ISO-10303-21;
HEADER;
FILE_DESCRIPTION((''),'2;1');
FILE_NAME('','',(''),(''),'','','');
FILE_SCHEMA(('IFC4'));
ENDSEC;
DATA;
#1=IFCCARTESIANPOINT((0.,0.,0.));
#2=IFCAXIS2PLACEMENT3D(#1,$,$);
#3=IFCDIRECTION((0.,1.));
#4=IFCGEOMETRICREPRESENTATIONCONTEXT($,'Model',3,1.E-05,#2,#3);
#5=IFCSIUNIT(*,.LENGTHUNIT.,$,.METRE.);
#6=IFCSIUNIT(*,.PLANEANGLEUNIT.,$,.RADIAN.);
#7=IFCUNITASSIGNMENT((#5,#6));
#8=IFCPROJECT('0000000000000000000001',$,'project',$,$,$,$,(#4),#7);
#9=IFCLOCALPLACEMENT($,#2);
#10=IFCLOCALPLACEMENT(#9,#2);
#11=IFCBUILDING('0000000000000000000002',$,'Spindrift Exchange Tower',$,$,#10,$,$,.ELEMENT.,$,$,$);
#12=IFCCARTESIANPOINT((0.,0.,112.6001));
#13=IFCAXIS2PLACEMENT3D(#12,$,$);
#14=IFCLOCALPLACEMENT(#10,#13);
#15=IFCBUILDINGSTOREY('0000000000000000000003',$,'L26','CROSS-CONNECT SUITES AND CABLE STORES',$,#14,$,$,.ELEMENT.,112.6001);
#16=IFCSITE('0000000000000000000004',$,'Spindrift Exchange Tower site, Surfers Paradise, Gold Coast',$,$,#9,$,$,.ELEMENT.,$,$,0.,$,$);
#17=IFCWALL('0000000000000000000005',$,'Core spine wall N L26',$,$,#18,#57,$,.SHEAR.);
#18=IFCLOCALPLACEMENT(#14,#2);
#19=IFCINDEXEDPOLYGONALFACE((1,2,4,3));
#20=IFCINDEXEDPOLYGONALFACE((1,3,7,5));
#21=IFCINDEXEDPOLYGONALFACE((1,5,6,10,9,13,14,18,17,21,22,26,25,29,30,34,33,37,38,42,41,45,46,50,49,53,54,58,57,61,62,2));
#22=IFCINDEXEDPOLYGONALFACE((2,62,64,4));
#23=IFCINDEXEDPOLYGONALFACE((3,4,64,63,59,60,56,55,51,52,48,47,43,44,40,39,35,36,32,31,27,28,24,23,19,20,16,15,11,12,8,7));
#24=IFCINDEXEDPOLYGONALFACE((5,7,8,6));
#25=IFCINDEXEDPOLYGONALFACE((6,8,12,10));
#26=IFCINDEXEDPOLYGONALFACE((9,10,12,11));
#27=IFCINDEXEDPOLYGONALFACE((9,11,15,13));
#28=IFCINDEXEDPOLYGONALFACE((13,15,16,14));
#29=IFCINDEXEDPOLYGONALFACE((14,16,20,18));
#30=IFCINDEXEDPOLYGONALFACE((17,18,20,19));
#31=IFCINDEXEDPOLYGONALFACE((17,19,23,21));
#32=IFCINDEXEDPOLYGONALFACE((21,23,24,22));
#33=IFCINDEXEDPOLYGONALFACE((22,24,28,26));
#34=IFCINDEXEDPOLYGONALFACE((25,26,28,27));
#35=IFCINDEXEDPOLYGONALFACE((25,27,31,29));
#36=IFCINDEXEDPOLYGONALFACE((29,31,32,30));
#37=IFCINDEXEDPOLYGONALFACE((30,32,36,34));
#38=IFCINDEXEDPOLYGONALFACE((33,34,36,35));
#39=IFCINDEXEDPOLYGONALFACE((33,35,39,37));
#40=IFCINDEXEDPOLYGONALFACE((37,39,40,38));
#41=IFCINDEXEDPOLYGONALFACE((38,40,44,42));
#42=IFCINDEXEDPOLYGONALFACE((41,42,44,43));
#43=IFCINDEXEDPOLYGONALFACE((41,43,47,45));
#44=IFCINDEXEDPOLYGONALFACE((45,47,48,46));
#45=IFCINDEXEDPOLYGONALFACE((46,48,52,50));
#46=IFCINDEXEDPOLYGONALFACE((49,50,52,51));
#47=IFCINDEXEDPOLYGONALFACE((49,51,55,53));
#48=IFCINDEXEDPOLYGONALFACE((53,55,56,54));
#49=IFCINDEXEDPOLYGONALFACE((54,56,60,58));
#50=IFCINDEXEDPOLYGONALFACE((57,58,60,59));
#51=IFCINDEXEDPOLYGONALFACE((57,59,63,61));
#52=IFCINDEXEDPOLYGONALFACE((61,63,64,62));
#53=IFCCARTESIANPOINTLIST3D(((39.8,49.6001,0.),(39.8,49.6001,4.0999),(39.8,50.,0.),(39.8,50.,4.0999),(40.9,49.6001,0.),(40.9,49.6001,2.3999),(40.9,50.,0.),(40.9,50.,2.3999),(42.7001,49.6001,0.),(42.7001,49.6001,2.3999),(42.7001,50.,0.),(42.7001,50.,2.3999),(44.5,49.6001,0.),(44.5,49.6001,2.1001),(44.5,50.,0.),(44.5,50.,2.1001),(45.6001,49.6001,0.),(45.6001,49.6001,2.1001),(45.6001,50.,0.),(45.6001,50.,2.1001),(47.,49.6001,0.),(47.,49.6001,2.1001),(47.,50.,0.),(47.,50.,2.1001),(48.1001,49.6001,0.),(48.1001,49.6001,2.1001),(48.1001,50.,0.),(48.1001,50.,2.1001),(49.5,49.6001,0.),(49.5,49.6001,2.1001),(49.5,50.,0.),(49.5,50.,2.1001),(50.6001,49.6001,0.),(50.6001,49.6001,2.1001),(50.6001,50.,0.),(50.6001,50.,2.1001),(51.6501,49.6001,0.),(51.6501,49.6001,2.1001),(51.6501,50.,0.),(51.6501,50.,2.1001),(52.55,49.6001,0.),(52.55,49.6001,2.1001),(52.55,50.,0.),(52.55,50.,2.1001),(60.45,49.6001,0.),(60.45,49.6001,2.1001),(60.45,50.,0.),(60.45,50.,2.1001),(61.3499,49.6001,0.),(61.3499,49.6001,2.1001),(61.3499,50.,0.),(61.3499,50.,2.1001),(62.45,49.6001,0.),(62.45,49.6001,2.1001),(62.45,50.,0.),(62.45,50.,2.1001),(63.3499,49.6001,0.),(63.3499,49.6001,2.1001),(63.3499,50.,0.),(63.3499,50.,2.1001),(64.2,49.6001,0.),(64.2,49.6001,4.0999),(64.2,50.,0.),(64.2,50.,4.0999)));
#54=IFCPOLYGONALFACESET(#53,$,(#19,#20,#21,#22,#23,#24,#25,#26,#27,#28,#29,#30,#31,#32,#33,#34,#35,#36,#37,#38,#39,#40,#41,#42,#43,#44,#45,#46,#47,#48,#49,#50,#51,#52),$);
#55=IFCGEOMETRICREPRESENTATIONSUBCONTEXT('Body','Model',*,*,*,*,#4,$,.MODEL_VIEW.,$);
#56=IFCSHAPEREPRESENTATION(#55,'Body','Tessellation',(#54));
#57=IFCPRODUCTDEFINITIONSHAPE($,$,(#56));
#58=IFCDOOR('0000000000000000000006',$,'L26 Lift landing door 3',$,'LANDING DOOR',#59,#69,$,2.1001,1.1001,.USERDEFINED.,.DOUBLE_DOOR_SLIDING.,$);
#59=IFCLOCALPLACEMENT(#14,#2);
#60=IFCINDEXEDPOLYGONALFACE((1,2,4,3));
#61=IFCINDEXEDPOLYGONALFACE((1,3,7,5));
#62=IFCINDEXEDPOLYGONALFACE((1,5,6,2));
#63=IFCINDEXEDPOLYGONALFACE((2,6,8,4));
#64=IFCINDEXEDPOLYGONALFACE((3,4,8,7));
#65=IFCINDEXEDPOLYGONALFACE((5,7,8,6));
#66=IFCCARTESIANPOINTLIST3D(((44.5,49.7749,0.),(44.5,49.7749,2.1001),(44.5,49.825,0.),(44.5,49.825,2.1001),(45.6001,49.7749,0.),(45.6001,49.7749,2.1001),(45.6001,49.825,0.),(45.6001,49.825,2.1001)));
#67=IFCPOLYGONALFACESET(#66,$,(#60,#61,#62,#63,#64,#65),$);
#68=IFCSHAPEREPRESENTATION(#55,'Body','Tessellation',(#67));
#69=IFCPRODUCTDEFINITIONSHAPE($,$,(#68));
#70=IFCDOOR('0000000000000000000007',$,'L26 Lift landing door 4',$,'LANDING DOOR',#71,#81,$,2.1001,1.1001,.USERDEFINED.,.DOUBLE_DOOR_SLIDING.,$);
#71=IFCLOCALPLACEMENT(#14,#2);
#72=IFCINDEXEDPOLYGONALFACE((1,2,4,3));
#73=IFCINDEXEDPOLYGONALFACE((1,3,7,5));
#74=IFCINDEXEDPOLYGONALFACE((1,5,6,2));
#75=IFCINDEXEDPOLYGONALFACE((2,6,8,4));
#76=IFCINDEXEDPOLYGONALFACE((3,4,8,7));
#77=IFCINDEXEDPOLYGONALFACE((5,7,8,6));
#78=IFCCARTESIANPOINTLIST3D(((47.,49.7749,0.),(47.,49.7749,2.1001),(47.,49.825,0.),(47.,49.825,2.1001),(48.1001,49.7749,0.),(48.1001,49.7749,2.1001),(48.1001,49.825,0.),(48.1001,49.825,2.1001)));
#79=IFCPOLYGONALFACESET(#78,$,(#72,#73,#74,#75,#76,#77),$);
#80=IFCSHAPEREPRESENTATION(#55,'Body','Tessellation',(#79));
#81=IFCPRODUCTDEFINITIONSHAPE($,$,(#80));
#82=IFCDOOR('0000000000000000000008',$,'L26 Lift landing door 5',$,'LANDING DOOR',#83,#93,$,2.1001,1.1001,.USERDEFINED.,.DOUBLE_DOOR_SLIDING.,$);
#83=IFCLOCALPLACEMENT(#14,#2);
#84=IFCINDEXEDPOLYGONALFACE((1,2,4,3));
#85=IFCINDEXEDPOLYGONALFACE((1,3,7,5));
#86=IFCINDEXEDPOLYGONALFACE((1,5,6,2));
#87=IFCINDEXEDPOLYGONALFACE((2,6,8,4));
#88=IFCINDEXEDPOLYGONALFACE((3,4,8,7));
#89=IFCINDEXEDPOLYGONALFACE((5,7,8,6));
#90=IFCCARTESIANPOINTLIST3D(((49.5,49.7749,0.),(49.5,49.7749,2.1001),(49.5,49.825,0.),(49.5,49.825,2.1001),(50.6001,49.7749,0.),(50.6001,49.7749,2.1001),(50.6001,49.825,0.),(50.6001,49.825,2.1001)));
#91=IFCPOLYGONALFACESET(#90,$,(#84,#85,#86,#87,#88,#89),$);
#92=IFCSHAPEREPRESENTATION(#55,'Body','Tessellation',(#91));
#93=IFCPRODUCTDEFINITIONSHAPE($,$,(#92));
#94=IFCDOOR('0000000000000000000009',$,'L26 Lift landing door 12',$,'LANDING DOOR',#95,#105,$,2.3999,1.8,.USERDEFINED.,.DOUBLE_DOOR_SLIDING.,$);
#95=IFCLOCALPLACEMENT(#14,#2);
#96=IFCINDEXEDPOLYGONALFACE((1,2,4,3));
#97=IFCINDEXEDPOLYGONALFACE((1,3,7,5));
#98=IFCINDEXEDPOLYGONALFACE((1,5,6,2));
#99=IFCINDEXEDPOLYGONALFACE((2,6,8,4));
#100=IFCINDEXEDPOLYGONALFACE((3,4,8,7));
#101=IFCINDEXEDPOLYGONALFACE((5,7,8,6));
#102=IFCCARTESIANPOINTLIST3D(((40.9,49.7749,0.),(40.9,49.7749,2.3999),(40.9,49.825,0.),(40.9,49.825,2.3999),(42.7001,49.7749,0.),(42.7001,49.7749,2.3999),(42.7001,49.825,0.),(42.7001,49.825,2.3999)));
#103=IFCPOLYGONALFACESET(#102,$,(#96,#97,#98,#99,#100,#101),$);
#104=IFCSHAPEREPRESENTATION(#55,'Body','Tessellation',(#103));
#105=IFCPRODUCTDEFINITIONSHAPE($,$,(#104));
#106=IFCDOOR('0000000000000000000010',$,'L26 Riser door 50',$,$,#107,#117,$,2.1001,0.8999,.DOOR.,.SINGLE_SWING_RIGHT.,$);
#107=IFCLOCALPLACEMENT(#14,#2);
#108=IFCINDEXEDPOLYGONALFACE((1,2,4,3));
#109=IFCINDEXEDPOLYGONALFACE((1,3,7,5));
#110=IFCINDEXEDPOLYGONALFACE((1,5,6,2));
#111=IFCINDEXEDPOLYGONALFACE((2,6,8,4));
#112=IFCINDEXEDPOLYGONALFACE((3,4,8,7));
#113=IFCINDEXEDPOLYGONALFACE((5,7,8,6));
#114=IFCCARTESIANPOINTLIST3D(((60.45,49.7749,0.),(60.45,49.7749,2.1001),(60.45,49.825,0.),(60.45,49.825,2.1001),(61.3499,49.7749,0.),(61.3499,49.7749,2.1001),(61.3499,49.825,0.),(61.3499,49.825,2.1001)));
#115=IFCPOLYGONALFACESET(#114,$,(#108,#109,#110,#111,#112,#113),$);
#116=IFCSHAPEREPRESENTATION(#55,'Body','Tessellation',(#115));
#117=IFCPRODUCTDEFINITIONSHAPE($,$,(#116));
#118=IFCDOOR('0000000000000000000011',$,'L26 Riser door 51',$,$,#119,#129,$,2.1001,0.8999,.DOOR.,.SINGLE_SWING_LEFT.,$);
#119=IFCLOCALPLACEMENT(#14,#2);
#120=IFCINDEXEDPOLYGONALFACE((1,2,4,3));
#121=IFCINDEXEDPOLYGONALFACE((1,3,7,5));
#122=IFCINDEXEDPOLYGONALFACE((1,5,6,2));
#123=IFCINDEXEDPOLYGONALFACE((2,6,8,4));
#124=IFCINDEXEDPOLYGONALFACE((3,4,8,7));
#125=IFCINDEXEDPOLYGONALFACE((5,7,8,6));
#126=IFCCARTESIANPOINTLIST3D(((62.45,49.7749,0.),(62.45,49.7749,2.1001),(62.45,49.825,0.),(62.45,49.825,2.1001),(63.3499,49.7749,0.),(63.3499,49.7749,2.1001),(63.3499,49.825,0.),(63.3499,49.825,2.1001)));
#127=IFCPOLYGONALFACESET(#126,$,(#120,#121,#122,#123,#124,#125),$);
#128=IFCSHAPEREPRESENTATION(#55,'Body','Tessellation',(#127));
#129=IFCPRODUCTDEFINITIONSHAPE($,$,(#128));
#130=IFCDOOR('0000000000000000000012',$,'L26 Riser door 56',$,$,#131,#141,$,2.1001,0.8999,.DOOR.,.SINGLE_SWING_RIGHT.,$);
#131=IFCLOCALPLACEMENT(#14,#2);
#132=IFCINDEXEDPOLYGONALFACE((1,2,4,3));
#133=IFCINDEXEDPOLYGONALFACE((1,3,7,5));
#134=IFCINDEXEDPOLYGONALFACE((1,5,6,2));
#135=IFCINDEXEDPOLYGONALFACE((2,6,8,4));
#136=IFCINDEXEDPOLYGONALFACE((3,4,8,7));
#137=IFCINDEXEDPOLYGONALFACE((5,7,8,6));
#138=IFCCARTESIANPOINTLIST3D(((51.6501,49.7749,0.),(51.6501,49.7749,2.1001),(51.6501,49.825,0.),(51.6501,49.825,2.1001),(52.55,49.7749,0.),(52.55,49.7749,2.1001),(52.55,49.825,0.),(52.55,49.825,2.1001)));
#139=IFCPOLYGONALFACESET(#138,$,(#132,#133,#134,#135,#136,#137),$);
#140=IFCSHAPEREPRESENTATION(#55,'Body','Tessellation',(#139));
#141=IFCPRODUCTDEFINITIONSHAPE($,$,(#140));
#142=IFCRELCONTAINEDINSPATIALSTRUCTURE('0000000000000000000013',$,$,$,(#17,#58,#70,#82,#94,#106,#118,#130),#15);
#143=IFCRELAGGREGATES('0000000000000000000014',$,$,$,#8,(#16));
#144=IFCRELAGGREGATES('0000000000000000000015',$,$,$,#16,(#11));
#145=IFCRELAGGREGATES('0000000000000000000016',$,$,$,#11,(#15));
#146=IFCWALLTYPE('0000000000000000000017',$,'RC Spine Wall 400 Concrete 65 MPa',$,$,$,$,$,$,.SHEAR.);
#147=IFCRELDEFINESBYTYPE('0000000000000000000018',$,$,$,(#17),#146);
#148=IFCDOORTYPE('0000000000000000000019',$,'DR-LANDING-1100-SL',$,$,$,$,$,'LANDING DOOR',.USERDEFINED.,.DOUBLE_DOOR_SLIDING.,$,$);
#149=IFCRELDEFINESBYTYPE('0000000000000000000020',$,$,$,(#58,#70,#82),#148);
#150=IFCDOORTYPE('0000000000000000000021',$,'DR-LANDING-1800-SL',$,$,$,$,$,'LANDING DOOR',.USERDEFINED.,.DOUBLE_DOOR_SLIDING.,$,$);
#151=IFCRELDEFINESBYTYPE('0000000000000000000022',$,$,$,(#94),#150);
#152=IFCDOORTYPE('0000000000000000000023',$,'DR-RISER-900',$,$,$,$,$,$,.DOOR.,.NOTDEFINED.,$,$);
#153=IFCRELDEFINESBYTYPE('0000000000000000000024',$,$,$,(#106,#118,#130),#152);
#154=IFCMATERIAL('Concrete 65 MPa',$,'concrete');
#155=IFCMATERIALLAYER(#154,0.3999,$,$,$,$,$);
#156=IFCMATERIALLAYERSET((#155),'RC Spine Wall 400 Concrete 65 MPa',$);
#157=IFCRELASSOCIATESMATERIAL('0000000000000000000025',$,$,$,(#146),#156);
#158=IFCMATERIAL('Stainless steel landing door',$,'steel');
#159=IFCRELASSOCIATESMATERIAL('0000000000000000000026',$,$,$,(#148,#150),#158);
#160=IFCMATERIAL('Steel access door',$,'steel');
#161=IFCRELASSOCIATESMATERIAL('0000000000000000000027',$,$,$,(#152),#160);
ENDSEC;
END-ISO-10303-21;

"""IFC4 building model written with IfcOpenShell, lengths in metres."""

from ifc_helpers import new_model, si_unit, direction, frame, frame_2d, origin, place, context, subcontext, project, spatial, rectangle, extrude, source, transform, mapped, material, layer, layer_set, type_object, element, fill, save


model = new_model("IFC4")

# Units and contexts
model_context = context("Model", 3, precision=1e-05, world=origin(), true_north=direction((0.0, 1.0)))
body_context = subcontext(model_context, "Body", "Model", "MODEL_VIEW")
ifc_project = project(units=[si_unit("LENGTHUNIT", "METRE"), si_unit("PLANEANGLEUNIT", "RADIAN")], contexts=[model_context])

# Site, building, storey
site_placement = place(None, origin())
site = spatial("IfcSite", under=ifc_project, at=site_placement, Name="Spindrift Exchange Tower site, Surfers Paradise, Gold Coast", CompositionType="ELEMENT", RefElevation=0.0)
building_placement = place(site_placement, origin())
building = spatial("IfcBuilding", under=site, at=building_placement, Name="Spindrift Exchange Tower", CompositionType="ELEMENT")
storey_placement = place(building_placement, frame((0.0, 0.0, 112.6001)))
storey = spatial("IfcBuildingStorey", under=building, at=storey_placement, Name="L26", Description="CROSS-CONNECT SUITES AND CABLE STORES", CompositionType="ELEMENT", Elevation=112.6001)

# Wall, openings, doors
ifc_material_1 = material(Name="Concrete 65 MPa", Category="concrete")
ifc_layer_1 = layer(ifc_material_1, 0.3999)
ifc_layer_set_1 = layer_set([ifc_layer_1], Name="RC Spine Wall 400 Concrete 65 MPa")
wall_type_1 = type_object("IfcWallType", Name="RC Spine Wall 400 Concrete 65 MPa", PredefinedType="SHEAR", material=ifc_layer_set_1)
wall_1_placement = place(storey_placement, frame((39.8, 49.8, 0.0), z_axis=(0.0, 0.0, 1.0), x_axis=(1.0, 0.0, 0.0)))
wall_1 = element("IfcWall", 1, at=wall_1_placement, inside=storey, type_object=wall_type_1, Name="Core spine wall N L26", PredefinedType="SHEAR", context=body_context, shape_type="SweptSolid", body=[
    extrude(rectangle(XDim=24.3999, YDim=0.3999, at=frame_2d((12.2, 0.0))), origin(), (0.0, 0.0, 1.0), 4.0999),
])
opening_1_placement = place(wall_1_placement, frame((4.7, 0.0, 0.0)))
opening_1 = element("IfcOpeningElement", 2, at=opening_1_placement, cuts=wall_1, PredefinedType="OPENING", context=body_context, shape_type="SweptSolid", body=[
    extrude(rectangle(XDim=1.1001, YDim=2.1001, at=frame_2d((0.55, 1.05))), frame((0.0, 0.21, 0.0), z_axis=(0.0, -1.0, 0.0), x_axis=(1.0, 0.0, 0.0)), (0.0, 0.0, 1.0), 0.4199),
])
opening_2_placement = place(wall_1_placement, frame((7.2, 0.0, 0.0)))
opening_2 = element("IfcOpeningElement", 3, at=opening_2_placement, cuts=wall_1, PredefinedType="OPENING", context=body_context, shape_type="SweptSolid", body=[
    extrude(rectangle(XDim=1.1001, YDim=2.1001, at=frame_2d((0.55, 1.05))), frame((0.0, 0.21, 0.0), z_axis=(0.0, -1.0, 0.0), x_axis=(1.0, 0.0, 0.0)), (0.0, 0.0, 1.0), 0.4199),
])
opening_3_placement = place(wall_1_placement, frame((9.7, 0.0, 0.0)))
opening_3 = element("IfcOpeningElement", 4, at=opening_3_placement, cuts=wall_1, PredefinedType="OPENING", context=body_context, shape_type="SweptSolid", body=[
    extrude(rectangle(XDim=1.1001, YDim=2.1001, at=frame_2d((0.55, 1.05))), frame((0.0, 0.21, 0.0), z_axis=(0.0, -1.0, 0.0), x_axis=(1.0, 0.0, 0.0)), (0.0, 0.0, 1.0), 0.4199),
])
opening_4_placement = place(wall_1_placement, frame((1.1001, 0.0, 0.0)))
opening_4 = element("IfcOpeningElement", 5, at=opening_4_placement, cuts=wall_1, PredefinedType="OPENING", context=body_context, shape_type="SweptSolid", body=[
    extrude(rectangle(XDim=1.8, YDim=2.3999, at=frame_2d((0.8999, 1.2))), frame((0.0, 0.21, 0.0), z_axis=(0.0, -1.0, 0.0), x_axis=(1.0, 0.0, 0.0)), (0.0, 0.0, 1.0), 0.4199),
])
opening_5_placement = place(wall_1_placement, frame((20.6499, 0.0, 0.0)))
opening_5 = element("IfcOpeningElement", 6, at=opening_5_placement, cuts=wall_1, PredefinedType="OPENING", context=body_context, shape_type="SweptSolid", body=[
    extrude(rectangle(XDim=0.8999, YDim=2.1001, at=frame_2d((0.45, 1.05))), frame((0.0, 0.21, 0.0), z_axis=(0.0, -1.0, 0.0), x_axis=(1.0, 0.0, 0.0)), (0.0, 0.0, 1.0), 0.4199),
])
opening_6_placement = place(wall_1_placement, frame((22.6499, 0.0, 0.0)))
opening_6 = element("IfcOpeningElement", 7, at=opening_6_placement, cuts=wall_1, PredefinedType="OPENING", context=body_context, shape_type="SweptSolid", body=[
    extrude(rectangle(XDim=0.8999, YDim=2.1001, at=frame_2d((0.45, 1.05))), frame((0.0, 0.21, 0.0), z_axis=(0.0, -1.0, 0.0), x_axis=(1.0, 0.0, 0.0)), (0.0, 0.0, 1.0), 0.4199),
])
opening_7_placement = place(wall_1_placement, frame((11.8501, 0.0, 0.0)))
opening_7 = element("IfcOpeningElement", 8, at=opening_7_placement, cuts=wall_1, PredefinedType="OPENING", context=body_context, shape_type="SweptSolid", body=[
    extrude(rectangle(XDim=0.8999, YDim=2.1001, at=frame_2d((0.45, 1.05))), frame((0.0, 0.21, 0.0), z_axis=(0.0, -1.0, 0.0), x_axis=(1.0, 0.0, 0.0)), (0.0, 0.0, 1.0), 0.4199),
])
ifc_material_2 = material(Name="Stainless steel landing door", Category="steel")
door_type_1 = type_object("IfcDoorType", Name="DR-LANDING-1100-SL", ElementType="LANDING DOOR", OperationType="DOUBLE_DOOR_SLIDING", PredefinedType="USERDEFINED", material=ifc_material_2)
shared_shape_1 = source(origin(), body_context, "Body", "SweptSolid", [
    extrude(rectangle(XDim=1.1001, YDim=2.1001, at=frame_2d((0.55, 1.05))), frame((0.0, 0.0249, 0.0), z_axis=(0.0, -1.0, 0.0), x_axis=(1.0, 0.0, 0.0)), (0.0, 0.0, 1.0), 0.05),
])
door_1_placement = place(opening_1_placement, origin())
door_1 = element("IfcDoor", 9, at=door_1_placement, inside=storey, type_object=door_type_1, Name="L26 Lift landing door 3", ObjectType="LANDING DOOR", OperationType="DOUBLE_DOOR_SLIDING", OverallHeight=2.1001, OverallWidth=1.1001, PredefinedType="USERDEFINED", context=body_context, shape_type="MappedRepresentation", body=[
    mapped(shared_shape_1, transform((0.0, 0.0, 0.0), scale=1.0)),
])
fill(opening_1, door_1)
door_2_placement = place(opening_2_placement, origin())
door_2 = element("IfcDoor", 10, at=door_2_placement, inside=storey, type_object=door_type_1, Name="L26 Lift landing door 4", ObjectType="LANDING DOOR", OperationType="DOUBLE_DOOR_SLIDING", OverallHeight=2.1001, OverallWidth=1.1001, PredefinedType="USERDEFINED", context=body_context, shape_type="MappedRepresentation", body=[
    mapped(shared_shape_1, transform((0.0, 0.0, 0.0), scale=1.0)),
])
fill(opening_2, door_2)
door_3_placement = place(opening_3_placement, origin())
door_3 = element("IfcDoor", 11, at=door_3_placement, inside=storey, type_object=door_type_1, Name="L26 Lift landing door 5", ObjectType="LANDING DOOR", OperationType="DOUBLE_DOOR_SLIDING", OverallHeight=2.1001, OverallWidth=1.1001, PredefinedType="USERDEFINED", context=body_context, shape_type="MappedRepresentation", body=[
    mapped(shared_shape_1, transform((0.0, 0.0, 0.0), scale=1.0)),
])
fill(opening_3, door_3)
door_type_2 = type_object("IfcDoorType", Name="DR-LANDING-1800-SL", ElementType="LANDING DOOR", OperationType="DOUBLE_DOOR_SLIDING", PredefinedType="USERDEFINED", material=ifc_material_2)
shared_shape_2 = source(origin(), body_context, "Body", "SweptSolid", [
    extrude(rectangle(XDim=1.8, YDim=2.3999, at=frame_2d((0.8999, 1.2))), frame((0.0, 0.0249, 0.0), z_axis=(0.0, -1.0, 0.0), x_axis=(1.0, 0.0, 0.0)), (0.0, 0.0, 1.0), 0.05),
])
door_4_placement = place(opening_4_placement, origin())
door_4 = element("IfcDoor", 12, at=door_4_placement, inside=storey, type_object=door_type_2, Name="L26 Lift landing door 12", ObjectType="LANDING DOOR", OperationType="DOUBLE_DOOR_SLIDING", OverallHeight=2.3999, OverallWidth=1.8, PredefinedType="USERDEFINED", context=body_context, shape_type="MappedRepresentation", body=[
    mapped(shared_shape_2, transform((0.0, 0.0, 0.0), scale=1.0)),
])
fill(opening_4, door_4)
ifc_material_3 = material(Name="Steel access door", Category="steel")
door_type_3 = type_object("IfcDoorType", Name="DR-RISER-900", OperationType="NOTDEFINED", PredefinedType="DOOR", material=ifc_material_3)
shared_shape_3 = source(origin(), body_context, "Body", "SweptSolid", [
    extrude(rectangle(XDim=0.8999, YDim=2.1001, at=frame_2d((0.45, 1.05))), frame((0.0, 0.0249, 0.0), z_axis=(0.0, -1.0, 0.0), x_axis=(1.0, 0.0, 0.0)), (0.0, 0.0, 1.0), 0.05),
])
door_5_placement = place(opening_5_placement, origin())
door_5 = element("IfcDoor", 13, at=door_5_placement, inside=storey, type_object=door_type_3, Name="L26 Riser door 50", OperationType="SINGLE_SWING_RIGHT", OverallHeight=2.1001, OverallWidth=0.8999, PredefinedType="DOOR", context=body_context, shape_type="MappedRepresentation", body=[
    mapped(shared_shape_3, transform((0.0, 0.0, 0.0), scale=1.0)),
])
fill(opening_5, door_5)
door_6_placement = place(opening_6_placement, origin())
door_6 = element("IfcDoor", 14, at=door_6_placement, inside=storey, type_object=door_type_3, Name="L26 Riser door 51", OperationType="SINGLE_SWING_LEFT", OverallHeight=2.1001, OverallWidth=0.8999, PredefinedType="DOOR", context=body_context, shape_type="MappedRepresentation", body=[
    mapped(shared_shape_3, transform((0.0, 0.0, 0.0), scale=1.0)),
])
fill(opening_6, door_6)
door_7_placement = place(opening_7_placement, origin())
door_7 = element("IfcDoor", 15, at=door_7_placement, inside=storey, type_object=door_type_3, Name="L26 Riser door 56", OperationType="SINGLE_SWING_RIGHT", OverallHeight=2.1001, OverallWidth=0.8999, PredefinedType="DOOR", context=body_context, shape_type="MappedRepresentation", body=[
    mapped(shared_shape_3, transform((0.0, 0.0, 0.0), scale=1.0)),
])
fill(opening_7, door_7)

save(model, "model.ifc")
